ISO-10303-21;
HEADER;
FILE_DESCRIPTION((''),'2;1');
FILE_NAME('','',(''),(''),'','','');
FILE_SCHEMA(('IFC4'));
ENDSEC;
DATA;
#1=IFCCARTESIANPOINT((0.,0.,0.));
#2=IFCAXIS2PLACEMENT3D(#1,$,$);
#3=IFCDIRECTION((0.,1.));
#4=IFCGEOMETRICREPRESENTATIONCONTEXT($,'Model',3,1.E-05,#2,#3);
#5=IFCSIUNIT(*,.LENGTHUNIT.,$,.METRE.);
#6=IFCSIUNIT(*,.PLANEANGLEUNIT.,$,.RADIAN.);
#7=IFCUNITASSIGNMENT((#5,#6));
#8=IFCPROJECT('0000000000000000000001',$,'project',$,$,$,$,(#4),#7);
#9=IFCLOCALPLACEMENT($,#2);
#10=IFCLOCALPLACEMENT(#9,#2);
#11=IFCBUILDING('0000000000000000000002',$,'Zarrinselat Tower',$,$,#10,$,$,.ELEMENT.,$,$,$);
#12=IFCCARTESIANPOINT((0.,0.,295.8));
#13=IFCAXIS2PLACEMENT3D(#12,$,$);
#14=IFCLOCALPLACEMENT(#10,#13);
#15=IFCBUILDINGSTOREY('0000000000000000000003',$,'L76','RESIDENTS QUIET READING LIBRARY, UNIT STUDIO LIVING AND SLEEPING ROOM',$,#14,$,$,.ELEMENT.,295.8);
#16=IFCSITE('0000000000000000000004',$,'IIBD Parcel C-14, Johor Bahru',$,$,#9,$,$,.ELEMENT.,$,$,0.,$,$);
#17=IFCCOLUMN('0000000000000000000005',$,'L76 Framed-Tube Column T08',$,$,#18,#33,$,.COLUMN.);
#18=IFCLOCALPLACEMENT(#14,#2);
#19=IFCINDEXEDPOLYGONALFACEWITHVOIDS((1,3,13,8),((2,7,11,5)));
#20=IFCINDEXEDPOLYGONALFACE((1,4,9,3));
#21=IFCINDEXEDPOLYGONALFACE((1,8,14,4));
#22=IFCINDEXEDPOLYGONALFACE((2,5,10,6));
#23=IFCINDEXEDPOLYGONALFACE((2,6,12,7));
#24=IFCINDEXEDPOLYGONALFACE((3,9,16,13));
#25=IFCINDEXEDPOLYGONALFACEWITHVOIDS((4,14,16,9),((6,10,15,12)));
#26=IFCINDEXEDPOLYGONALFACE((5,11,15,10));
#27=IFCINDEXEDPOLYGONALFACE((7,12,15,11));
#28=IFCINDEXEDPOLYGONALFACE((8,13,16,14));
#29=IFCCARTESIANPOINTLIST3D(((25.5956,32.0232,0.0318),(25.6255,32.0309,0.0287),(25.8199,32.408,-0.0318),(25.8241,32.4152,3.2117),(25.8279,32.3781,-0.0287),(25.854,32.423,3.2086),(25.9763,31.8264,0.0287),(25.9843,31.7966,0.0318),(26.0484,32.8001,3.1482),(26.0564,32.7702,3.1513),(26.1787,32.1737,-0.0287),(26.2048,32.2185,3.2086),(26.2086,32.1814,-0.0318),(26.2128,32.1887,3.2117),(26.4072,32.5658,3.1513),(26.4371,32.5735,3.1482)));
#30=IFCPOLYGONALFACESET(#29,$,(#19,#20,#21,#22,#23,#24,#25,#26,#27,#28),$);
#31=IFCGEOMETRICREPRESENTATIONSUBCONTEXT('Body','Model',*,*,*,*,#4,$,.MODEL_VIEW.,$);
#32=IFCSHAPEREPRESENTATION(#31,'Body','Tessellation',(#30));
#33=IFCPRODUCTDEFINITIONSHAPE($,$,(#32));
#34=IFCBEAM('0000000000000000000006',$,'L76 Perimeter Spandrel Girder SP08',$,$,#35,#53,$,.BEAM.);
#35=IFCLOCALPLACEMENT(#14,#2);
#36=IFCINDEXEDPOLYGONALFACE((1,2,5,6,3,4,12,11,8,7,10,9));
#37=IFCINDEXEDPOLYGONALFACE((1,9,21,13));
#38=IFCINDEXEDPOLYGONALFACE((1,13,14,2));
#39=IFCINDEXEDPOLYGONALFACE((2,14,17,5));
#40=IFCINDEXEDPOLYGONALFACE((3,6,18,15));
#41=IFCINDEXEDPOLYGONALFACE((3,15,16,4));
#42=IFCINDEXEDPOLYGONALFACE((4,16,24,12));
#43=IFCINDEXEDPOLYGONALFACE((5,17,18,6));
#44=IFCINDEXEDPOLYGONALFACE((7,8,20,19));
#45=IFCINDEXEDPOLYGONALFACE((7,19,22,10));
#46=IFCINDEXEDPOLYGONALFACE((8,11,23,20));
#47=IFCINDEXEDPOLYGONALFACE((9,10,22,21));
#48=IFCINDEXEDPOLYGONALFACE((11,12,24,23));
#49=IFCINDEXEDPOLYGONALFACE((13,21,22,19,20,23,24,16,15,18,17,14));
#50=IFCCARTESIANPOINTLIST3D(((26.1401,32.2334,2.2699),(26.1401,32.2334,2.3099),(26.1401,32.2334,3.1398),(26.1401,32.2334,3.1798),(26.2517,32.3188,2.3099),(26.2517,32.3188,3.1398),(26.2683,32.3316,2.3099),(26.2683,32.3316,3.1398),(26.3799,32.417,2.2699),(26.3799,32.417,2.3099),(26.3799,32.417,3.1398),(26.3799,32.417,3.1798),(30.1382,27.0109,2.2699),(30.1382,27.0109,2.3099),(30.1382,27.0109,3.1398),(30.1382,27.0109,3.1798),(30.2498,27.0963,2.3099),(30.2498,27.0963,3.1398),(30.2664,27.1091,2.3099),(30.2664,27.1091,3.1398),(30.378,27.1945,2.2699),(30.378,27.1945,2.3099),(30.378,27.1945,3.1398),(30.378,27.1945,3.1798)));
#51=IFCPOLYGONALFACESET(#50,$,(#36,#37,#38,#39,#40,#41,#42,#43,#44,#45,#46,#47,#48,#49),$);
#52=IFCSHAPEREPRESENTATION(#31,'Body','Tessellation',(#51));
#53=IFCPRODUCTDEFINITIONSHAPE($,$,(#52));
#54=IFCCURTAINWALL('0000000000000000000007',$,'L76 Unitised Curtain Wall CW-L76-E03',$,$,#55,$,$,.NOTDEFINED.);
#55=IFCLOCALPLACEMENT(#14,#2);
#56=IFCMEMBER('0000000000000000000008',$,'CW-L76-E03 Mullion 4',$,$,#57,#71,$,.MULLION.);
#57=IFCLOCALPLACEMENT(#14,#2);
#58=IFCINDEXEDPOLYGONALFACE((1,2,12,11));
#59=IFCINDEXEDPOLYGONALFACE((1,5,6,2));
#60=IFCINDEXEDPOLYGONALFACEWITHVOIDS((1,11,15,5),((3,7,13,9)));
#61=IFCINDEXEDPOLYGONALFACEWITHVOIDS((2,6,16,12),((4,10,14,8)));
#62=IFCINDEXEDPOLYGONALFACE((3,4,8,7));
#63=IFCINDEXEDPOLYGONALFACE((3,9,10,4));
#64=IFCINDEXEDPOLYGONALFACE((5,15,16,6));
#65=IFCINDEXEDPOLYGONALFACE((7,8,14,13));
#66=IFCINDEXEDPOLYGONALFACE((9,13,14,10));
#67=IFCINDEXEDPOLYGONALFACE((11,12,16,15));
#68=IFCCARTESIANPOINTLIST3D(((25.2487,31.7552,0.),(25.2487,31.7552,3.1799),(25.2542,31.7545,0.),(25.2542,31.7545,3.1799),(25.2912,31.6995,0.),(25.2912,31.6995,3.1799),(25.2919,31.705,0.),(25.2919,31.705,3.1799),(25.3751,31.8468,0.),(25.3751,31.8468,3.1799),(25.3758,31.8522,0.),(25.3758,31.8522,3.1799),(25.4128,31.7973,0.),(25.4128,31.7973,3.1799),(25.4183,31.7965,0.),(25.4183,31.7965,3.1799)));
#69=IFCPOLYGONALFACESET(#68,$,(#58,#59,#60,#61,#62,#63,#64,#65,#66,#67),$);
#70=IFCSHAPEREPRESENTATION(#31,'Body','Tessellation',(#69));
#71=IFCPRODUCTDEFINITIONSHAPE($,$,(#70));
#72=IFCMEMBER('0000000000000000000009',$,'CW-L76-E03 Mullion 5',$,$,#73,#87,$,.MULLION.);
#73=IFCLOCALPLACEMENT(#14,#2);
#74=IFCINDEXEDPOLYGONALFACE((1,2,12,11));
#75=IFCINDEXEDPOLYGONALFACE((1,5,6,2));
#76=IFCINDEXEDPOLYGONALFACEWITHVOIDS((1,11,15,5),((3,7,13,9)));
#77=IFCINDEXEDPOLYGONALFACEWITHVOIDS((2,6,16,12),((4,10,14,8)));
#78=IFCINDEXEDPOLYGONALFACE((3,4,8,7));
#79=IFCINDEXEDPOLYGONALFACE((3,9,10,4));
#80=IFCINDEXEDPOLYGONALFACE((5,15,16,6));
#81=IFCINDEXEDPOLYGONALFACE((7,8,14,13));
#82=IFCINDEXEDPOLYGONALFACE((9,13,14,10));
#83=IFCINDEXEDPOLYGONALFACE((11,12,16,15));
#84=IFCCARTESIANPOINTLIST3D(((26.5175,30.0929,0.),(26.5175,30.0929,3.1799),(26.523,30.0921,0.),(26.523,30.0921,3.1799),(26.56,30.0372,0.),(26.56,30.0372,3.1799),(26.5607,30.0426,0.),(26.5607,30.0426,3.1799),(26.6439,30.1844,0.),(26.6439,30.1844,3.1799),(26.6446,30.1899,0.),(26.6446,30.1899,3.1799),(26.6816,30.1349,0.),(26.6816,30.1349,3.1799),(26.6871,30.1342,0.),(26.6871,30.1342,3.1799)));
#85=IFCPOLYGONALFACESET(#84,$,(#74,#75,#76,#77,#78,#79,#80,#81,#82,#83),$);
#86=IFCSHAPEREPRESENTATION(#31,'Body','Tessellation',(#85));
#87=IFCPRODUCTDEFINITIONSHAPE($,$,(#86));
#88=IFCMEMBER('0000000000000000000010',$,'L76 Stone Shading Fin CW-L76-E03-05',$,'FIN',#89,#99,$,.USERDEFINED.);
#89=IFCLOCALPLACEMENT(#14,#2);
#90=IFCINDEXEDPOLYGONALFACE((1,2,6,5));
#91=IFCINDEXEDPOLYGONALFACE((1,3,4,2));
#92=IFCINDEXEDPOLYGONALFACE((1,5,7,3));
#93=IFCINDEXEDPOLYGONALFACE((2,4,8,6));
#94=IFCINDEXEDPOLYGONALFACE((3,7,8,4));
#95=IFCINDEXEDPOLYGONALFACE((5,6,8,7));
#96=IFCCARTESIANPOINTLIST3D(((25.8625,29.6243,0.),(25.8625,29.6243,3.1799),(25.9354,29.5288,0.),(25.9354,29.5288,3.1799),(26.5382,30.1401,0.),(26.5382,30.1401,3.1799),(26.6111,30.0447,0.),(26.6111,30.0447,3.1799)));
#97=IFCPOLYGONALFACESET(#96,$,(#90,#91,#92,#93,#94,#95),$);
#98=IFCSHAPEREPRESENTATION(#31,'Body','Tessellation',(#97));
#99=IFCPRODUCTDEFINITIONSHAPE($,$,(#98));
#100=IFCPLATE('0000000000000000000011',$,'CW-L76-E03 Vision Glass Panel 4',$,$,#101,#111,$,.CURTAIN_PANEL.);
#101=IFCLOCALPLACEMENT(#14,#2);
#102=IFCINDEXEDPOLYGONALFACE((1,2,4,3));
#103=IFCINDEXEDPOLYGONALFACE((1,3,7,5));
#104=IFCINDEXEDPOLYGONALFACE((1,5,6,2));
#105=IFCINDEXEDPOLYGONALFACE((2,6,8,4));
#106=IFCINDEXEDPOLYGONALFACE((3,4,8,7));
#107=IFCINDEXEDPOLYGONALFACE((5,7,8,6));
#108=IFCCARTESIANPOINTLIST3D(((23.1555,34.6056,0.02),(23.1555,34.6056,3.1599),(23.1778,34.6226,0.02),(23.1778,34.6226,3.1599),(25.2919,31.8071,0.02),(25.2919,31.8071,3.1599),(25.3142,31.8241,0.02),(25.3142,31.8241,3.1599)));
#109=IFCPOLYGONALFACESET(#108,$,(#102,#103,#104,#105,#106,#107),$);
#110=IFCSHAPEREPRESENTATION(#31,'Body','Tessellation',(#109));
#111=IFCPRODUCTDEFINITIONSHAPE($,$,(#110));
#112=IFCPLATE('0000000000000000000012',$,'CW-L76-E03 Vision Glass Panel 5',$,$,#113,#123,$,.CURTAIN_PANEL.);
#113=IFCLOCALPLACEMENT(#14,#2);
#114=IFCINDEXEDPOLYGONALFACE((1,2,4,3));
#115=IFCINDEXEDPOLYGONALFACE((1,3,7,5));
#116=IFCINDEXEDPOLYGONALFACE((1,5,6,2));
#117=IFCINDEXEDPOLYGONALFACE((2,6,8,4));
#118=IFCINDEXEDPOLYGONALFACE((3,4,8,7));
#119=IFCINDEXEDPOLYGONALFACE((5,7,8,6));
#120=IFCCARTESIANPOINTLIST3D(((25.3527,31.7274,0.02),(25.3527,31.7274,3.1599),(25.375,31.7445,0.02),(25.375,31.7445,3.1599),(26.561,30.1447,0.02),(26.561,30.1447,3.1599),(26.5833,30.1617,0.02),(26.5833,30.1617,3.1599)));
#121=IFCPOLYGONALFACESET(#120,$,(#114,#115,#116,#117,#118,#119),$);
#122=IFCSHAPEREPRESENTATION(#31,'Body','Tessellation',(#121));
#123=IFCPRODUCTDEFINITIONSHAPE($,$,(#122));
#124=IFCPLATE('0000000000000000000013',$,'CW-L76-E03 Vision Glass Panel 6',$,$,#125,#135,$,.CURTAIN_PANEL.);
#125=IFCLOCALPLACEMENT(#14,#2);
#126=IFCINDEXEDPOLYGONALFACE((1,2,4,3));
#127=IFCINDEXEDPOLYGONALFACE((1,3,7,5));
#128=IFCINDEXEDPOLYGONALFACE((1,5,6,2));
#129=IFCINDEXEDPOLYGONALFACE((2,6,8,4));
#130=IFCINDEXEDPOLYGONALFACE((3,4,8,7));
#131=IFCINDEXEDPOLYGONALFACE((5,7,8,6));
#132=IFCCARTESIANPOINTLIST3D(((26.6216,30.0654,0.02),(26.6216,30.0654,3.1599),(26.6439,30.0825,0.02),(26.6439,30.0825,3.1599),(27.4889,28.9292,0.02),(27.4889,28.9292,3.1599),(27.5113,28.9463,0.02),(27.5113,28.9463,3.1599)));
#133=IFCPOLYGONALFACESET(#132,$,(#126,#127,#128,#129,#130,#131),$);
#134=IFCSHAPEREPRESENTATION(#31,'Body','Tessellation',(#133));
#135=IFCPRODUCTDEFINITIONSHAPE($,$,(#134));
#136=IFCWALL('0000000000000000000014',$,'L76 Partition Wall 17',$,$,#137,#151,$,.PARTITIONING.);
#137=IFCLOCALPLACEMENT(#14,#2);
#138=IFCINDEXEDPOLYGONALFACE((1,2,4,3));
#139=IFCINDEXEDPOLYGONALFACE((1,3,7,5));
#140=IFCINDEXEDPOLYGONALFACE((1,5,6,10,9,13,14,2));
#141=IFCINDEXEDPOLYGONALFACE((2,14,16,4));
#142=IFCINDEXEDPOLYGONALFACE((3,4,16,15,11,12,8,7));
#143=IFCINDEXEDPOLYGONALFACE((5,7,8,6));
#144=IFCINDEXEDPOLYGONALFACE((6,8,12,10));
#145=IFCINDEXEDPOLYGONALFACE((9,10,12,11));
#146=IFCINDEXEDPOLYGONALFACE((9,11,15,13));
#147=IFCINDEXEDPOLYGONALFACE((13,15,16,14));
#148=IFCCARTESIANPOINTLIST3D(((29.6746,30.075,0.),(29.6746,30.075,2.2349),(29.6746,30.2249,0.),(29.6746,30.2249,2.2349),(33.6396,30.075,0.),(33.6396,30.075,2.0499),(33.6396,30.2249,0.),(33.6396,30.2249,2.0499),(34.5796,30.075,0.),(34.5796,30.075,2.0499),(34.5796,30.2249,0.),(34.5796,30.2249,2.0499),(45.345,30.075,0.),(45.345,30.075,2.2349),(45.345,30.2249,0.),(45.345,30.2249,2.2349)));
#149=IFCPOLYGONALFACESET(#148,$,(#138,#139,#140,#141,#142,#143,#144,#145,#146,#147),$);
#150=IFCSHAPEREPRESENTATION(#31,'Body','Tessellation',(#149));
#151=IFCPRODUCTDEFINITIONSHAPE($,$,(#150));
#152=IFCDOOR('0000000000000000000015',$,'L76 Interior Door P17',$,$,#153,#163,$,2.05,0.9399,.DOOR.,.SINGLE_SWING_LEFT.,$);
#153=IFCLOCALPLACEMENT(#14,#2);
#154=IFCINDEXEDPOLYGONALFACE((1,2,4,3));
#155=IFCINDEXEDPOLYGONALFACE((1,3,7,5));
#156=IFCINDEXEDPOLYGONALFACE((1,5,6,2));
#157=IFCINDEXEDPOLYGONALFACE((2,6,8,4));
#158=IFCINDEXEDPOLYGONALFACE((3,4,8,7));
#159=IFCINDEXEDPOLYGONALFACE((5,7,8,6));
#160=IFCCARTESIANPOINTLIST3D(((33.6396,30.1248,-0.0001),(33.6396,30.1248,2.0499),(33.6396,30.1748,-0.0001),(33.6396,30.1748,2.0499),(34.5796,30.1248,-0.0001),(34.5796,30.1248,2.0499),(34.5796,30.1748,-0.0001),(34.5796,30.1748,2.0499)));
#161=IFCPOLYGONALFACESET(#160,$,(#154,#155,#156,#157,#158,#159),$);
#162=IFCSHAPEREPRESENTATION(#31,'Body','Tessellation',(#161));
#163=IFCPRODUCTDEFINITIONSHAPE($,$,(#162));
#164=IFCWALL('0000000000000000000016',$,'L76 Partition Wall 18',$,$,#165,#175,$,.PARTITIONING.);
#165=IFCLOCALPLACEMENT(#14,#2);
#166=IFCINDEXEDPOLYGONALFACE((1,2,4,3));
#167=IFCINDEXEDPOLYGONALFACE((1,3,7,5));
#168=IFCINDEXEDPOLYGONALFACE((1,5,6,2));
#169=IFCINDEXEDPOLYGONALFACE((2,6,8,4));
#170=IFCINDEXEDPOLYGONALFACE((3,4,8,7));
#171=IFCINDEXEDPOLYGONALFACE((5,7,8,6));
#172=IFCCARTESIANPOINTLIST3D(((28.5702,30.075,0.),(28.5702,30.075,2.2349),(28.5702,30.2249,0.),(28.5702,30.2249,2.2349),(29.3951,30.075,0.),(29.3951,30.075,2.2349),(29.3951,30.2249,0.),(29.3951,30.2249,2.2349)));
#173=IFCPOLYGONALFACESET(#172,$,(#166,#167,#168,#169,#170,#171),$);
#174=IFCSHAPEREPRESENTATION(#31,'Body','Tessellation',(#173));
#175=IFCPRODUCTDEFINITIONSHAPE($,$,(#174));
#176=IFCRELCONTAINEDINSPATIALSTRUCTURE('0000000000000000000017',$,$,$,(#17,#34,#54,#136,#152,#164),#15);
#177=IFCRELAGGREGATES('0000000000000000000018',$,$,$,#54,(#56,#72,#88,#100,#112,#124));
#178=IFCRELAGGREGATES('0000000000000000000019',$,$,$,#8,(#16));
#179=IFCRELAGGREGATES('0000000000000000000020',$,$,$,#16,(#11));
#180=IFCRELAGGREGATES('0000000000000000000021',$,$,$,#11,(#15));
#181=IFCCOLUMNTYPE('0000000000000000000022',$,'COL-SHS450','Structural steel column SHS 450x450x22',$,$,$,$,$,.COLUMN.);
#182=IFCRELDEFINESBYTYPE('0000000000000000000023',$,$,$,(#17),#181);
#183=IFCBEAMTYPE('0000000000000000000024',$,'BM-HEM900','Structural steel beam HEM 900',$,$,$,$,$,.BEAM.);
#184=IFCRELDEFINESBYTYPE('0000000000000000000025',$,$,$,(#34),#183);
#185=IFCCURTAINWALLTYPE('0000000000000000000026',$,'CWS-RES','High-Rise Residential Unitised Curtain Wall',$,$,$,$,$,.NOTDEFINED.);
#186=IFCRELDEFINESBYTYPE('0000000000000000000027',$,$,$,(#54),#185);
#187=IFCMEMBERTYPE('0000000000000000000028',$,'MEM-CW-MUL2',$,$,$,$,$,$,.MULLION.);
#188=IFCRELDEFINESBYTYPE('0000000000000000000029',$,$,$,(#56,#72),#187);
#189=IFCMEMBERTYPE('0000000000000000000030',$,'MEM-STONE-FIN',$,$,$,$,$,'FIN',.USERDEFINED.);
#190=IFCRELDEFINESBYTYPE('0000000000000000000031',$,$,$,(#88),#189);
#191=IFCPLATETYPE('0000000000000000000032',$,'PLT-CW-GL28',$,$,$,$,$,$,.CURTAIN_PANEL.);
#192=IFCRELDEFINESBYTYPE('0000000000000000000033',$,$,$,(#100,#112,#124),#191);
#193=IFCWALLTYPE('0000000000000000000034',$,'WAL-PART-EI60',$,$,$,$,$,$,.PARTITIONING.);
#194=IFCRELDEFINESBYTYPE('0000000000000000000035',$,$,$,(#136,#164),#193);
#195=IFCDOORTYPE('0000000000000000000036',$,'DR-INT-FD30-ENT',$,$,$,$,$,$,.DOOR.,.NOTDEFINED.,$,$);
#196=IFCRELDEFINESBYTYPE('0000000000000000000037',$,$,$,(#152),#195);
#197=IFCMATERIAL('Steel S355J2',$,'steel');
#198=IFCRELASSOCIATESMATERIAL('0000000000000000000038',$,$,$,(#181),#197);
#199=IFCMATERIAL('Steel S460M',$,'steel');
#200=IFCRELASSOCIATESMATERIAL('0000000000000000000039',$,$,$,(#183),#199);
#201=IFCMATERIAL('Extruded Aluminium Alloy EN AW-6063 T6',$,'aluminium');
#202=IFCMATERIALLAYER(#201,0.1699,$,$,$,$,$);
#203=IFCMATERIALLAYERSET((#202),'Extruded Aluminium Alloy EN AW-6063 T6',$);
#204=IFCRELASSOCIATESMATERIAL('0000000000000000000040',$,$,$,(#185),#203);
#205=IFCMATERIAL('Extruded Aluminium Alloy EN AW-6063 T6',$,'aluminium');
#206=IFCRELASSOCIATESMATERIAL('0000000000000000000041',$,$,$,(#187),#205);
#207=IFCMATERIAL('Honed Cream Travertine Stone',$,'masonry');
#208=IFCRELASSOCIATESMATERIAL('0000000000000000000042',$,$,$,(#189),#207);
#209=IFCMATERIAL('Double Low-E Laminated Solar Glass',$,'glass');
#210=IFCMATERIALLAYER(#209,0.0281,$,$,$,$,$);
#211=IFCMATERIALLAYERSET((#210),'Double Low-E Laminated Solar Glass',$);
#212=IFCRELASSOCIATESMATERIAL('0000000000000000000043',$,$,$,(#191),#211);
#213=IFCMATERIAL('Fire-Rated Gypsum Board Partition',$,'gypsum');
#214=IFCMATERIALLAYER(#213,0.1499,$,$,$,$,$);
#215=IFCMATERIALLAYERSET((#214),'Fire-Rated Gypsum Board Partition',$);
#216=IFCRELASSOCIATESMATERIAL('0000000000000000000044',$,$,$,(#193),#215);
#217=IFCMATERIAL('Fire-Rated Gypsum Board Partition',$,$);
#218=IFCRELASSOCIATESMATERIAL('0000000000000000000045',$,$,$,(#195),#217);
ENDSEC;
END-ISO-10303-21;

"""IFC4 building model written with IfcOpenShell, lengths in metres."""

from ifc_helpers import new_model, si_unit, direction, frame, frame_2d, origin, origin_2d, place, context, subcontext, project, spatial, rectangle, hollow_rectangle, i_section, extrude, material, layer, layer_set, material_profile, profile_set, type_object, element, fill, aggregate, save


model = new_model("IFC4")

# Units and contexts
model_context = context("Model", 3, precision=1e-05, world=origin(), true_north=direction((0.0, 1.0)))
body_context = subcontext(model_context, "Body", "Model", "MODEL_VIEW")
ifc_project = project(units=[si_unit("LENGTHUNIT", "METRE"), si_unit("PLANEANGLEUNIT", "RADIAN")], contexts=[model_context])

# Site, building, storey
site_placement = place(None, origin())
site = spatial("IfcSite", under=ifc_project, at=site_placement, Name="IIBD Parcel C-14, Johor Bahru", CompositionType="ELEMENT", RefElevation=0.0)
building_placement = place(site_placement, origin())
building = spatial("IfcBuilding", under=site, at=building_placement, Name="Zarrinselat Tower", CompositionType="ELEMENT")
storey_placement = place(building_placement, frame((0.0, 0.0, 295.8)))
storey = spatial("IfcBuildingStorey", under=building, at=storey_placement, Name="L76", Description="RESIDENTS QUIET READING LIBRARY, UNIT STUDIO LIVING AND SLEEPING ROOM", CompositionType="ELEMENT", Elevation=295.8)

# Column
ifc_material_1 = material(Name="Steel S355J2", Category="steel")
ifc_material_profile_1 = material_profile(ifc_material_1, hollow_rectangle(XDim=0.45, YDim=0.45, WallThickness=0.022, at=origin_2d()), Name="SHS 450x450x22")
ifc_profile_set_1 = profile_set([ifc_material_profile_1], Name="Steel S355J2")
column_type = type_object("IfcColumnType", Name="COL-SHS450", Description="Structural steel column SHS 450x450x22", PredefinedType="COLUMN", material=ifc_profile_set_1)
column_placement = place(storey_placement, frame((25.9021, 32.1023, 0.0), z_axis=(0.071141, 0.122065, 0.989969), x_axis=(-0.863974, 0.503537, 0.0)))
element("IfcColumn", 1, at=column_placement, inside=storey, type_object=column_type, Name="L76 Framed-Tube Column T08", PredefinedType="COLUMN", context=body_context, shape_type="SweptSolid", body=[
    extrude(hollow_rectangle(XDim=0.45, YDim=0.45, WallThickness=0.022, at=origin_2d()), origin(), (0.0, 0.0, 1.0), 3.2122),
])

# Beam
ifc_material_2 = material(Name="Steel S460M", Category="steel")
ifc_material_profile_2 = material_profile(ifc_material_2, i_section(OverallWidth=0.302, OverallDepth=0.9099, WebThickness=0.021, FlangeThickness=0.04, at=origin_2d()), Name="HEM 900")
ifc_profile_set_2 = profile_set([ifc_material_profile_2], Name="Steel S460M")
beam_type = type_object("IfcBeamType", Name="BM-HEM900", Description="Structural steel beam HEM 900", PredefinedType="BEAM", material=ifc_profile_set_2)
beam_placement = place(storey_placement, frame((26.26, 32.3252, 2.7249), z_axis=(0.607876, -0.794032, 0.0), x_axis=(0.794032, 0.607876, 0.0)))
element("IfcBeam", 2, at=beam_placement, inside=storey, type_object=beam_type, Name="L76 Perimeter Spandrel Girder SP08", PredefinedType="BEAM", context=body_context, shape_type="SweptSolid", body=[
    extrude(i_section(OverallWidth=0.302, OverallDepth=0.9099, WebThickness=0.021, FlangeThickness=0.04, at=origin_2d()), origin(), (0.0, 0.0, 1.0), 6.5771),
])

# Curtain wall, members, plates
ifc_material_3 = material(Name="Extruded Aluminium Alloy EN AW-6063 T6", Category="aluminium")
ifc_layer_1 = layer(ifc_material_3, 0.1699)
ifc_layer_set_1 = layer_set([ifc_layer_1], Name="Extruded Aluminium Alloy EN AW-6063 T6")
curtain_wall_type = type_object("IfcCurtainWallType", Name="CWS-RES", Description="High-Rise Residential Unitised Curtain Wall", PredefinedType="NOTDEFINED", material=ifc_layer_set_1)
curtain_wall_placement = place(storey_placement, origin())
curtain_wall = element("IfcCurtainWall", 3, at=curtain_wall_placement, inside=storey, type_object=curtain_wall_type, Name="L76 Unitised Curtain Wall CW-L76-E03", PredefinedType="NOTDEFINED")
ifc_material_4 = material(Name="Extruded Aluminium Alloy EN AW-6063 T6", Category="aluminium")
ifc_material_profile_3 = material_profile(ifc_material_4, hollow_rectangle(XDim=0.0701, YDim=0.1599, WallThickness=0.0039, at=origin_2d()), Name="RHS 160x70x4")
ifc_profile_set_3 = profile_set([ifc_material_profile_3], Name="Extruded Aluminium Alloy EN AW-6063 T6")
member_type_1 = type_object("IfcMemberType", Name="MEM-CW-MUL2", PredefinedType="MULLION", material=ifc_profile_set_3)
member_1_placement = place(storey_placement, frame((25.3335, 31.7759, 0.0), z_axis=(0.0, 0.0, 1.0), x_axis=(0.606802, -0.794853, 0.0)))
member_1 = element("IfcMember", 4, at=member_1_placement, type_object=member_type_1, Name="CW-L76-E03 Mullion 4", PredefinedType="MULLION", context=body_context, shape_type="SweptSolid", body=[
    extrude(hollow_rectangle(XDim=0.0701, YDim=0.1599, WallThickness=0.0039, at=origin_2d()), origin(), (0.0, 0.0, 1.0), 3.1799),
])
member_2_placement = place(storey_placement, frame((26.6023, 30.1135, 0.0), z_axis=(0.0, 0.0, 1.0), x_axis=(0.606802, -0.794853, 0.0)))
member_2 = element("IfcMember", 5, at=member_2_placement, type_object=member_type_1, Name="CW-L76-E03 Mullion 5", PredefinedType="MULLION", context=body_context, shape_type="SweptSolid", body=[
    extrude(hollow_rectangle(XDim=0.0701, YDim=0.1599, WallThickness=0.0039, at=origin_2d()), origin(), (0.0, 0.0, 1.0), 3.1799),
])
ifc_material_5 = material(Name="Honed Cream Travertine Stone", Category="masonry")
ifc_material_profile_4 = material_profile(ifc_material_5, rectangle(XDim=0.1201, YDim=0.8501, at=origin_2d()), Name="FIN 850x120")
ifc_profile_set_4 = profile_set([ifc_material_profile_4], Name="Honed Cream Travertine Stone")
member_type_2 = type_object("IfcMemberType", Name="MEM-STONE-FIN", ElementType="FIN", PredefinedType="USERDEFINED", material=ifc_profile_set_4)
member_3_placement = place(storey_placement, frame((26.2368, 29.8345, 0.0), z_axis=(0.0, 0.0, 1.0), x_axis=(-0.606802, 0.794853, 0.0)))
member_3 = element("IfcMember", 6, at=member_3_placement, type_object=member_type_2, Name="L76 Stone Shading Fin CW-L76-E03-05", ObjectType="FIN", PredefinedType="USERDEFINED", context=body_context, shape_type="SweptSolid", body=[
    extrude(rectangle(XDim=0.1201, YDim=0.8501, at=origin_2d()), origin(), (0.0, 0.0, 1.0), 3.1799),
])
ifc_material_6 = material(Name="Double Low-E Laminated Solar Glass", Category="glass")
ifc_layer_2 = layer(ifc_material_6, 0.0281)
ifc_layer_set_2 = layer_set([ifc_layer_2], Name="Double Low-E Laminated Solar Glass")
plate_type = type_object("IfcPlateType", Name="PLT-CW-GL28", PredefinedType="CURTAIN_PANEL", material=ifc_layer_set_2)
plate_1_placement = place(storey_placement, frame((24.2349, 33.2148, 0.02), z_axis=(0.0, 0.0, 1.0), x_axis=(0.606802, -0.794853, 0.0)))
plate_1 = element("IfcPlate", 7, at=plate_1_placement, type_object=plate_type, Name="CW-L76-E03 Vision Glass Panel 4", PredefinedType="CURTAIN_PANEL", context=body_context, shape_type="SweptSolid", body=[
    extrude(rectangle(XDim=3.5208, YDim=0.0281, at=origin_2d()), origin(), (0.0, 0.0, 1.0), 3.1399),
])
plate_2_placement = place(storey_placement, frame((25.968, 30.9446, 0.02), z_axis=(0.0, 0.0, 1.0), x_axis=(0.606802, -0.794853, 0.0)))
plate_2 = element("IfcPlate", 8, at=plate_2_placement, type_object=plate_type, Name="CW-L76-E03 Vision Glass Panel 5", PredefinedType="CURTAIN_PANEL", context=body_context, shape_type="SweptSolid", body=[
    extrude(rectangle(XDim=1.9912, YDim=0.0281, at=origin_2d()), origin(), (0.0, 0.0, 1.0), 3.1399),
])
plate_3_placement = place(storey_placement, frame((27.0664, 29.5059, 0.02), z_axis=(0.0, 0.0, 1.0), x_axis=(0.606802, -0.794853, 0.0)))
plate_3 = element("IfcPlate", 9, at=plate_3_placement, type_object=plate_type, Name="CW-L76-E03 Vision Glass Panel 6", PredefinedType="CURTAIN_PANEL", context=body_context, shape_type="SweptSolid", body=[
    extrude(rectangle(XDim=1.4294, YDim=0.0281, at=origin_2d()), origin(), (0.0, 0.0, 1.0), 3.1399),
])
aggregate(curtain_wall, [member_1, member_2, member_3, plate_1, plate_2, plate_3])

# Wall, opening, door
ifc_material_7 = material(Name="Fire-Rated Gypsum Board Partition", Category="gypsum")
ifc_layer_3 = layer(ifc_material_7, 0.1499)
ifc_layer_set_3 = layer_set([ifc_layer_3], Name="Fire-Rated Gypsum Board Partition")
wall_type_1 = type_object("IfcWallType", Name="WAL-PART-EI60", PredefinedType="PARTITIONING", material=ifc_layer_set_3)
wall_1_placement = place(storey_placement, frame((29.6746, 30.1499, 0.0), z_axis=(0.0, 0.0, 1.0), x_axis=(1.0, 0.0, 0.0)))
wall_1 = element("IfcWall", 10, at=wall_1_placement, inside=storey, type_object=wall_type_1, Name="L76 Partition Wall 17", PredefinedType="PARTITIONING", context=body_context, shape_type="SweptSolid", body=[
    extrude(rectangle(XDim=15.6704, YDim=0.1499, at=frame_2d((7.8352, 0.0))), origin(), (0.0, 0.0, 1.0), 2.2349),
])
opening_1_placement = place(wall_1_placement, frame((3.9651, 0.0, 0.0)))
opening_1 = element("IfcOpeningElement", 11, at=opening_1_placement, cuts=wall_1, PredefinedType="OPENING", context=body_context, shape_type="SweptSolid", body=[
    extrude(rectangle(XDim=0.9399, YDim=2.05, at=frame_2d((0.47, 1.0249))), frame((0.0, 0.085, 0.0), z_axis=(0.0, -1.0, 0.0), x_axis=(1.0, 0.0, 0.0)), (0.0, 0.0, 1.0), 0.1699),
])
ifc_material_8 = material(Name="Fire-Rated Gypsum Board Partition")
door_type_1 = type_object("IfcDoorType", Name="DR-INT-FD30-ENT", OperationType="NOTDEFINED", PredefinedType="DOOR", material=ifc_material_8)
door_1_placement = place(opening_1_placement, origin())
door_1 = element("IfcDoor", 12, at=door_1_placement, inside=storey, type_object=door_type_1, Name="L76 Interior Door P17", OperationType="SINGLE_SWING_LEFT", OverallHeight=2.05, OverallWidth=0.9399, PredefinedType="DOOR", context=body_context, shape_type="SweptSolid", body=[
    extrude(rectangle(XDim=0.9399, YDim=2.05, at=frame_2d((0.47, 1.0249))), frame((0.0, 0.0249, 0.0), z_axis=(0.0, -1.0, 0.0), x_axis=(1.0, 0.0, 0.0)), (0.0, 0.0, 1.0), 0.05),
])
fill(opening_1, door_1)

# Wall
wall_2_placement = place(storey_placement, frame((28.5701, 30.1499, 0.0), z_axis=(0.0, 0.0, 1.0), x_axis=(1.0, 0.0, 0.0)))
element("IfcWall", 13, at=wall_2_placement, inside=storey, type_object=wall_type_1, Name="L76 Partition Wall 18", PredefinedType="PARTITIONING", context=body_context, shape_type="SweptSolid", body=[
    extrude(rectangle(XDim=0.825, YDim=0.1499, at=frame_2d((0.4126, 0.0))), origin(), (0.0, 0.0, 1.0), 2.2349),
])

save(model, "model.ifc")
